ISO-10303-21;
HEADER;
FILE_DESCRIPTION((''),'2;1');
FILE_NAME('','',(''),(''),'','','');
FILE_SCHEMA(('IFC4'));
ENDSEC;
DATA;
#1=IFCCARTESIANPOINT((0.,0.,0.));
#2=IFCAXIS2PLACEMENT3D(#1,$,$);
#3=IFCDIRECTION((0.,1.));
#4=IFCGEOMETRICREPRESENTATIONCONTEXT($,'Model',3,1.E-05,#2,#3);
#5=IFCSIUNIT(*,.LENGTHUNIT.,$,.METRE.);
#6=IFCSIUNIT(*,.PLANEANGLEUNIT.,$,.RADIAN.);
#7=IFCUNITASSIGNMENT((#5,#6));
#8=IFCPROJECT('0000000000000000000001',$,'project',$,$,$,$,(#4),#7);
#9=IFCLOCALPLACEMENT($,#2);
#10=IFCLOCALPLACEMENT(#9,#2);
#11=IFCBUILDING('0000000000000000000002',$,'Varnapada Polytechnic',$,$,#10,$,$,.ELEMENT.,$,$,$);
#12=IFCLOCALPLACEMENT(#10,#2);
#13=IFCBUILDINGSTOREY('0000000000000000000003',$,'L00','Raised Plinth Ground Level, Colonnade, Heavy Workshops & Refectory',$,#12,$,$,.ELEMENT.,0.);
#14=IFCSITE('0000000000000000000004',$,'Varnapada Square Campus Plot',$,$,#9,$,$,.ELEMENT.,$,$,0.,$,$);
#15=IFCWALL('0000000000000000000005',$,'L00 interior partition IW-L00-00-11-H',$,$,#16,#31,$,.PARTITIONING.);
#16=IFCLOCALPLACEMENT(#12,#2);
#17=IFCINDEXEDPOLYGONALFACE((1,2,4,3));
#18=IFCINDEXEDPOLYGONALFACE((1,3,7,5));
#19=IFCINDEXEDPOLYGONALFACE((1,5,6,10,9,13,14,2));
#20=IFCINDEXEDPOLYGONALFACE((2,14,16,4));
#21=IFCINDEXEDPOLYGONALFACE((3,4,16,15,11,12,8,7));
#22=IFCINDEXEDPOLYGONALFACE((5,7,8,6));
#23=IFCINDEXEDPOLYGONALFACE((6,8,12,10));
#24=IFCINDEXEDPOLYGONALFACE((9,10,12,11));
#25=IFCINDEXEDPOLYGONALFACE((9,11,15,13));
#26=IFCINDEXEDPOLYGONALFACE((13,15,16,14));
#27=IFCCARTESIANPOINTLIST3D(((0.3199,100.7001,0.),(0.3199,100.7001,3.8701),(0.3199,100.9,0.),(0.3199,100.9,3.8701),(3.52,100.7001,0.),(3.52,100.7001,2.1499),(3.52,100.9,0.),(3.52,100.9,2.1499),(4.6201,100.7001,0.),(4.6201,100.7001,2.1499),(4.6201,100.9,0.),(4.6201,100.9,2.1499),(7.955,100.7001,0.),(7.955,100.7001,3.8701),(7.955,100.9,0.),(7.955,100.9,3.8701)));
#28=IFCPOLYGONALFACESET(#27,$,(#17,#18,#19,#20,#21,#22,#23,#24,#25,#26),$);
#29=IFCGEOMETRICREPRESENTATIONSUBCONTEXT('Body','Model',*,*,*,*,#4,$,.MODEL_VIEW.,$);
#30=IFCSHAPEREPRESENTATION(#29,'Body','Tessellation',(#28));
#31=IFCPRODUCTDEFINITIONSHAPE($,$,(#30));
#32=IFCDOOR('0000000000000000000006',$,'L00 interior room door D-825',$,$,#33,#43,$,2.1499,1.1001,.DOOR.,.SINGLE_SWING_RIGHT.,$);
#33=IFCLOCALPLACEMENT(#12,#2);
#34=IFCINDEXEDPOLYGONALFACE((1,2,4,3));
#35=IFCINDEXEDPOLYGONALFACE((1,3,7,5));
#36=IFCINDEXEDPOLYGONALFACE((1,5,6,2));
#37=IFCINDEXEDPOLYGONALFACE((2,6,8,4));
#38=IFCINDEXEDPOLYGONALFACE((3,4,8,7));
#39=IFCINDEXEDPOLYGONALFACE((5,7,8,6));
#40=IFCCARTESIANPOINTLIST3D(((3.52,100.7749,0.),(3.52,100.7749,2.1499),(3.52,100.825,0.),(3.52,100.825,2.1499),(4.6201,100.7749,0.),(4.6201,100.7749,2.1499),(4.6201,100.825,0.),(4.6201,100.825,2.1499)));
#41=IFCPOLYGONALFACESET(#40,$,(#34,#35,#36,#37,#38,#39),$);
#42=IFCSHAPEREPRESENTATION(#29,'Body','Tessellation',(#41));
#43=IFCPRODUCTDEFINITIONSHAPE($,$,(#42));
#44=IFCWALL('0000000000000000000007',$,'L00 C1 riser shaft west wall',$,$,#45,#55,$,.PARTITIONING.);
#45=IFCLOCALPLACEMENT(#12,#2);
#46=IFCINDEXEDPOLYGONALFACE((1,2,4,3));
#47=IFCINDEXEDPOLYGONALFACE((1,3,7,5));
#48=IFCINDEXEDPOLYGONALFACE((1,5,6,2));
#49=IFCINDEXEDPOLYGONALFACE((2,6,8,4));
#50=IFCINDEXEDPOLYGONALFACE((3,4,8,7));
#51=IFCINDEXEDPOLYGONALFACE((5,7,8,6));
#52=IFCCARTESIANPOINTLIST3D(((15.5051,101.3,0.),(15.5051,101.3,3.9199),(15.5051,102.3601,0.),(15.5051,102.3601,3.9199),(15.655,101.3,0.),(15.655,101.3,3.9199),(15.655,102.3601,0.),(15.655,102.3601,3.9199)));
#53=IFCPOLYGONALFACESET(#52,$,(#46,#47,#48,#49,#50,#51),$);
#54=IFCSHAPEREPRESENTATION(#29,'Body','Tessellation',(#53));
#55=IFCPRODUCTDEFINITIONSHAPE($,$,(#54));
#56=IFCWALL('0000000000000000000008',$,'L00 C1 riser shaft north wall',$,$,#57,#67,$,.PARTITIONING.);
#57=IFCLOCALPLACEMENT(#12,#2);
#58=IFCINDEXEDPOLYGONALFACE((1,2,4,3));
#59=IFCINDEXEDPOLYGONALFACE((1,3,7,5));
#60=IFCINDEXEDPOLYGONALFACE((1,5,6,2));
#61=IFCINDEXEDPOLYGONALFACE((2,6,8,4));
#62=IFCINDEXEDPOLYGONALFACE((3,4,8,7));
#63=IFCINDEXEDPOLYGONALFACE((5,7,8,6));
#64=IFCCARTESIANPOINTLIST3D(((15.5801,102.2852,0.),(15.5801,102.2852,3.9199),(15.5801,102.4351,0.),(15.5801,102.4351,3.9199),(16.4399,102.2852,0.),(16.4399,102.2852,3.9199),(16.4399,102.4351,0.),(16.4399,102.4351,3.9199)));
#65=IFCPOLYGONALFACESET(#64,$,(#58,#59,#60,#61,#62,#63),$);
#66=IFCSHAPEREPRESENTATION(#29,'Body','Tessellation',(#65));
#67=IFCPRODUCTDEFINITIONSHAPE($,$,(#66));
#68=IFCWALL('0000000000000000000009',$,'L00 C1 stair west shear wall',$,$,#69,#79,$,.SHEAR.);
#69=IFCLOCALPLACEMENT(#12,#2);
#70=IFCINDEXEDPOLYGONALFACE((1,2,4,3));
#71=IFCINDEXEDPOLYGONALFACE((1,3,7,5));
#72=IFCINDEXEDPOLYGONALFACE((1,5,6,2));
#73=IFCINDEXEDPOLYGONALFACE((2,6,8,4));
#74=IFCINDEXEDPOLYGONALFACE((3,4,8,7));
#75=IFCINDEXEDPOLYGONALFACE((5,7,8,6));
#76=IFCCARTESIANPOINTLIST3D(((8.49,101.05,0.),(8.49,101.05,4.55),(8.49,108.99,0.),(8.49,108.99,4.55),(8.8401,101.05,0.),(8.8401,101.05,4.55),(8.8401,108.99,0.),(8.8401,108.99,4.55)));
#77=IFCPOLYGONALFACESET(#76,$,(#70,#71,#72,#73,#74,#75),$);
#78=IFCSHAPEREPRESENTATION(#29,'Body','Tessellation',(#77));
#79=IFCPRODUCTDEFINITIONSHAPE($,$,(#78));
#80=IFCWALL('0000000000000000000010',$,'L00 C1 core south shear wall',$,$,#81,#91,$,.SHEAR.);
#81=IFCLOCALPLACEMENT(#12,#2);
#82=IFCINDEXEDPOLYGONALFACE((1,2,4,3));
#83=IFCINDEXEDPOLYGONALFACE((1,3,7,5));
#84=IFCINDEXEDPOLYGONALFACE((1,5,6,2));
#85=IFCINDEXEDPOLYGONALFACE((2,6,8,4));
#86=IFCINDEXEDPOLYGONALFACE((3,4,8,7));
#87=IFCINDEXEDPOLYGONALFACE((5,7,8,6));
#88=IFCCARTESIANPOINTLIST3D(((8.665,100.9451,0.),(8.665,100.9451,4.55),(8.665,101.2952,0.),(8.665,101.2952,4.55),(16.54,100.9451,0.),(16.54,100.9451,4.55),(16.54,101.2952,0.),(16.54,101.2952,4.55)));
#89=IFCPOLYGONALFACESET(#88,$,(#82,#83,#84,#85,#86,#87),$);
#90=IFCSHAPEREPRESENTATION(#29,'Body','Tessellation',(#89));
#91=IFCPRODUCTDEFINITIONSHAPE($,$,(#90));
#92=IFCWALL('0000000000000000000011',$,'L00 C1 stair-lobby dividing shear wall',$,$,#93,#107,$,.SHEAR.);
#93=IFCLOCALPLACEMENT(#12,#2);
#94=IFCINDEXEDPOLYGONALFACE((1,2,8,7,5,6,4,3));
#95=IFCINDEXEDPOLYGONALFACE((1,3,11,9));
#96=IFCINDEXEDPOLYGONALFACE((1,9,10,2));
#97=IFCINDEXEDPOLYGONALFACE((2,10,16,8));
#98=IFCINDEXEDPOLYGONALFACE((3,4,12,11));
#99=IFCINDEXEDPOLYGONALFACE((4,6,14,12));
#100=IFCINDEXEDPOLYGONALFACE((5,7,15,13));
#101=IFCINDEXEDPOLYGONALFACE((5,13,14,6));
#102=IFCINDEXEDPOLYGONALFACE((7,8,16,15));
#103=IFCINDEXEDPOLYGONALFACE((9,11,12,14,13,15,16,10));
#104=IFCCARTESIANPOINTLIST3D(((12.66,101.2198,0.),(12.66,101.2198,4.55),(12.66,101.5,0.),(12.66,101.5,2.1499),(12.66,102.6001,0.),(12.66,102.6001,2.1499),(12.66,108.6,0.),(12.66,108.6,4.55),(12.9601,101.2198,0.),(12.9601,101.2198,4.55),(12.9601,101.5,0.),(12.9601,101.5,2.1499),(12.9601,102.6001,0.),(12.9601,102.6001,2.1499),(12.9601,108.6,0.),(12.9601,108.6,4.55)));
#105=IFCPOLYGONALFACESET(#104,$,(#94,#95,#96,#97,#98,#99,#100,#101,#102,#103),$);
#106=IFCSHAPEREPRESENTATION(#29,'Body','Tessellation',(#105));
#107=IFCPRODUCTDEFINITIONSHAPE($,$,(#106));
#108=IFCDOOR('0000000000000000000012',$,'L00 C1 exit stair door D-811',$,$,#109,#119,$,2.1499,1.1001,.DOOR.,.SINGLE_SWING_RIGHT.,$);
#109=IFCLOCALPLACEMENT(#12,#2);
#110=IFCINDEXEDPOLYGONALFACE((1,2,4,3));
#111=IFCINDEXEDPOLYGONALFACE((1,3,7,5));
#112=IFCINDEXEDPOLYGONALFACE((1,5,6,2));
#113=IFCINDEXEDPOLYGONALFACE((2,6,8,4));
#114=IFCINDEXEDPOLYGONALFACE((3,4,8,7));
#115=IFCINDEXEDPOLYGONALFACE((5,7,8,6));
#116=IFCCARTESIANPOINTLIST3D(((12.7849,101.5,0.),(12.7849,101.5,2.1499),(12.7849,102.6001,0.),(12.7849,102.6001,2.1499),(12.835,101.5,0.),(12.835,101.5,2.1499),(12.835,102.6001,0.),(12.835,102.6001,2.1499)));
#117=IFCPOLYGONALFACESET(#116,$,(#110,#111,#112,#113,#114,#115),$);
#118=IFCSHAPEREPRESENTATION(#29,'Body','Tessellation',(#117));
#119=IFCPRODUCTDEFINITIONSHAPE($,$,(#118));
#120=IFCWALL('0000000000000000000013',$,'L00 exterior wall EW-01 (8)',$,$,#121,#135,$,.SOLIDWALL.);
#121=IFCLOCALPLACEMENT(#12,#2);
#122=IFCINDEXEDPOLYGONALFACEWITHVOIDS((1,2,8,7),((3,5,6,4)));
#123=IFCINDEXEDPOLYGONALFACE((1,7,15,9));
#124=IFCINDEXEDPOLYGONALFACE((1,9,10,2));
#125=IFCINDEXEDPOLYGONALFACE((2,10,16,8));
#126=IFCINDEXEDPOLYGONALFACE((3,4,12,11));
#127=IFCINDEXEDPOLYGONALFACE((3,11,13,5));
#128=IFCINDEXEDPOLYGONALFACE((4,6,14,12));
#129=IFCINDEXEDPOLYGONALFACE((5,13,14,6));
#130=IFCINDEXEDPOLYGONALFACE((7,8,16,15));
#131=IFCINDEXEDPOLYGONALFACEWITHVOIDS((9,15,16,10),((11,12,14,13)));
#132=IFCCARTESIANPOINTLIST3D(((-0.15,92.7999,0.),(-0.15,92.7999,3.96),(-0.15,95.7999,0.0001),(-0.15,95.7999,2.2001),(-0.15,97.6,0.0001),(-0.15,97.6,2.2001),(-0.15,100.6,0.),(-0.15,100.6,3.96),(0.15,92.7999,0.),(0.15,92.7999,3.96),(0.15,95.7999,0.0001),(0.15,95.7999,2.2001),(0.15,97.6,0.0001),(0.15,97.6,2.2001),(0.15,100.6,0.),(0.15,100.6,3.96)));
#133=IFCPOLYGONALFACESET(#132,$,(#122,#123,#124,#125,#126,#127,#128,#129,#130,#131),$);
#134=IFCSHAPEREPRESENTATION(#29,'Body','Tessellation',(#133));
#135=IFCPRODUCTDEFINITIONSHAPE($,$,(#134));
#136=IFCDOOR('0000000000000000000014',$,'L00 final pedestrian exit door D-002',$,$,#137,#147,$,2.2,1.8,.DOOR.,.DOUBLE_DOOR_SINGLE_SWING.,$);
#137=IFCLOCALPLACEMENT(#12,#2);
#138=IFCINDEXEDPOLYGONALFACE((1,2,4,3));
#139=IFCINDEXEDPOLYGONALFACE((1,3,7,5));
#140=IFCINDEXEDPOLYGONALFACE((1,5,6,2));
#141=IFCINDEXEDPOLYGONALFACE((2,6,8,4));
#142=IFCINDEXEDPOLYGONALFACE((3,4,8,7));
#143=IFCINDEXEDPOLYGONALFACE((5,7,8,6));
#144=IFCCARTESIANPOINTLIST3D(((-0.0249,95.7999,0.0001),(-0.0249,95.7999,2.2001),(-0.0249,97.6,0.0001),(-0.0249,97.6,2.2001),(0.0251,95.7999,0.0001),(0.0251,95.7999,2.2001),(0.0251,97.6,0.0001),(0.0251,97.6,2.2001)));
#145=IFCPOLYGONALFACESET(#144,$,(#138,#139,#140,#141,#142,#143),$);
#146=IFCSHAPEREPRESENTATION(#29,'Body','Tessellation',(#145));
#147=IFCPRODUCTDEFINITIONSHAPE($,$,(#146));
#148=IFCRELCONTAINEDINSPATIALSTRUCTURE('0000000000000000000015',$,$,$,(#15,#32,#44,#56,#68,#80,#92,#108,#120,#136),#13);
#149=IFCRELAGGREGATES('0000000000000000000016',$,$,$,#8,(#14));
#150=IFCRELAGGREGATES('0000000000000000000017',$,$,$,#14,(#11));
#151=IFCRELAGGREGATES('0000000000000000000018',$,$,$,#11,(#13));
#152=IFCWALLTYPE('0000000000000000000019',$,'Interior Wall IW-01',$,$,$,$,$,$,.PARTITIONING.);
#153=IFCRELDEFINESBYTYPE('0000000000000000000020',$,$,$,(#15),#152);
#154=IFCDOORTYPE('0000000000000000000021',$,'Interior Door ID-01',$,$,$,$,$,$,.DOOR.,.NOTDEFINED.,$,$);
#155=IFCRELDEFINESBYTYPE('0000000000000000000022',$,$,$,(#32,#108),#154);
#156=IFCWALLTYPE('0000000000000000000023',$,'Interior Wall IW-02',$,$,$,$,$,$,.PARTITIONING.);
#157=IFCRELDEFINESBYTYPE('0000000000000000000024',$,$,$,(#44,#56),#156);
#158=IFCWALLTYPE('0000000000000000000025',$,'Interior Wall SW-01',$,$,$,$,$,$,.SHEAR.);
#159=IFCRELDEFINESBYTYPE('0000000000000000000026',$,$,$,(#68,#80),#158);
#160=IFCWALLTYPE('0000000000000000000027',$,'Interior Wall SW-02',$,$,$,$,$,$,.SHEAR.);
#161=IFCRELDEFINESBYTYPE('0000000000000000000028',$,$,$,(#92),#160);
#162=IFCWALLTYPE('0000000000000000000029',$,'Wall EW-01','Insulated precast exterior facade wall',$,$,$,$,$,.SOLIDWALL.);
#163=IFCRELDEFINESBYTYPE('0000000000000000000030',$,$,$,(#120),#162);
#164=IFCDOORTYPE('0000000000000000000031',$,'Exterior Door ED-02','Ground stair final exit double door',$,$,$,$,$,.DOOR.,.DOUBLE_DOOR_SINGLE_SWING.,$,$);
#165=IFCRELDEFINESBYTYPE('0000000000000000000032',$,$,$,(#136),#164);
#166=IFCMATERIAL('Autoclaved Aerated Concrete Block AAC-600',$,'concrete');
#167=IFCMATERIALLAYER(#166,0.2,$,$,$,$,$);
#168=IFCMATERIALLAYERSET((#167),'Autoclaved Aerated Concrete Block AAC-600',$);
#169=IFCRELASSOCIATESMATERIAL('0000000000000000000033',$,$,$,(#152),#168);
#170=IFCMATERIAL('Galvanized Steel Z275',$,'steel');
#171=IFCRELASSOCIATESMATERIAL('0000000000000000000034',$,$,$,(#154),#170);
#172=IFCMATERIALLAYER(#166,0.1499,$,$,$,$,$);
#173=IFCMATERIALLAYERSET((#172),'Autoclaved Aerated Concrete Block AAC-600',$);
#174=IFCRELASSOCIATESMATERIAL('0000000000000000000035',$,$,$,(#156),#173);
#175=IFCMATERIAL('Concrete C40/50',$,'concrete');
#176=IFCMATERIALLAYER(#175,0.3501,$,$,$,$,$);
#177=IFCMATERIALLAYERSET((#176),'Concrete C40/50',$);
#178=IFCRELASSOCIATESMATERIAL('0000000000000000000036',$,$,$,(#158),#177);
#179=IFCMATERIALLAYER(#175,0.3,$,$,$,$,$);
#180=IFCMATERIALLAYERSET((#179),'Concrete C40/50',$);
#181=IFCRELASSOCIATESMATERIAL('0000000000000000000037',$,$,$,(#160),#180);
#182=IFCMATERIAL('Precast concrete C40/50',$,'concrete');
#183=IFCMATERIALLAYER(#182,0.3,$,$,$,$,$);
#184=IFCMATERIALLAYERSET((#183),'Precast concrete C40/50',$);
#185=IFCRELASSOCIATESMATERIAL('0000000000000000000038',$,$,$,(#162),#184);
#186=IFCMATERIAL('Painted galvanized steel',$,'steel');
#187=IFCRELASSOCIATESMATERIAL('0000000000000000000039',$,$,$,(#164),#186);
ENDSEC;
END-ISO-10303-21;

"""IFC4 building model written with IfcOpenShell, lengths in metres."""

from ifc_helpers import new_model, si_unit, direction, frame, frame_2d, origin, place, context, subcontext, project, spatial, rectangle, extrude, material, layer, layer_set, type_object, element, fill, save


model = new_model("IFC4")

# Units and contexts
model_context = context("Model", 3, precision=1e-05, world=origin(), true_north=direction((0.0, 1.0)))
body_context = subcontext(model_context, "Body", "Model", "MODEL_VIEW")
ifc_project = project(units=[si_unit("LENGTHUNIT", "METRE"), si_unit("PLANEANGLEUNIT", "RADIAN")], contexts=[model_context])

# Site, building, storey
site_placement = place(None, origin())
site = spatial("IfcSite", under=ifc_project, at=site_placement, Name="Varnapada Square Campus Plot", CompositionType="ELEMENT", RefElevation=0.0)
building_placement = place(site_placement, origin())
building = spatial("IfcBuilding", under=site, at=building_placement, Name="Varnapada Polytechnic", CompositionType="ELEMENT")
storey_placement = place(building_placement, origin())
storey = spatial("IfcBuildingStorey", under=building, at=storey_placement, Name="L00", Description="Raised Plinth Ground Level, Colonnade, Heavy Workshops & Refectory", CompositionType="ELEMENT", Elevation=0.0)

# Shared definitions
ifc_material_1 = material(Name="Concrete C40/50", Category="concrete")

# Wall, opening, door
ifc_material_2 = material(Name="Autoclaved Aerated Concrete Block AAC-600", Category="concrete")
ifc_layer_1 = layer(ifc_material_2, 0.2)
ifc_layer_set_1 = layer_set([ifc_layer_1], Name="Autoclaved Aerated Concrete Block AAC-600")
wall_type_1 = type_object("IfcWallType", Name="Interior Wall IW-01", PredefinedType="PARTITIONING", material=ifc_layer_set_1)
wall_1_placement = place(storey_placement, frame((0.3201, 100.8, 0.0), z_axis=(0.0, 0.0, 1.0), x_axis=(1.0, 0.0, 0.0)))
wall_1 = element("IfcWall", 1, at=wall_1_placement, inside=storey, type_object=wall_type_1, Name="L00 interior partition IW-L00-00-11-H", PredefinedType="PARTITIONING", context=body_context, shape_type="SweptSolid", body=[
    extrude(rectangle(XDim=7.635, YDim=0.2, at=frame_2d((3.8174, 0.0))), origin(), (0.0, 0.0, 1.0), 3.8701),
])
opening_1_placement = place(wall_1_placement, frame((3.2, 0.0, 0.0)))
opening_1 = element("IfcOpeningElement", 2, at=opening_1_placement, cuts=wall_1, PredefinedType="OPENING", context=body_context, shape_type="SweptSolid", body=[
    extrude(rectangle(XDim=1.1001, YDim=2.1499, at=frame_2d((0.55, 1.075))), frame((0.0, 0.1099, 0.0), z_axis=(0.0, -1.0, 0.0), x_axis=(1.0, 0.0, 0.0)), (0.0, 0.0, 1.0), 0.22),
])
ifc_material_3 = material(Name="Galvanized Steel Z275", Category="steel")
door_type_1 = type_object("IfcDoorType", Name="Interior Door ID-01", OperationType="NOTDEFINED", PredefinedType="DOOR", material=ifc_material_3)
door_1_placement = place(opening_1_placement, origin())
door_1 = element("IfcDoor", 3, at=door_1_placement, inside=storey, type_object=door_type_1, Name="L00 interior room door D-825", OperationType="SINGLE_SWING_RIGHT", OverallHeight=2.1499, OverallWidth=1.1001, PredefinedType="DOOR", context=body_context, shape_type="SweptSolid", body=[
    extrude(rectangle(XDim=1.1001, YDim=2.1499, at=frame_2d((0.55, 1.075))), frame((0.0, 0.0249, 0.0), z_axis=(0.0, -1.0, 0.0), x_axis=(1.0, 0.0, 0.0)), (0.0, 0.0, 1.0), 0.05),
])
fill(opening_1, door_1)

# Walls
ifc_layer_2 = layer(ifc_material_2, 0.1499)
ifc_layer_set_2 = layer_set([ifc_layer_2], Name="Autoclaved Aerated Concrete Block AAC-600")
wall_type_2 = type_object("IfcWallType", Name="Interior Wall IW-02", PredefinedType="PARTITIONING", material=ifc_layer_set_2)
wall_2_placement = place(storey_placement, frame((15.5801, 102.3601, 0.0), z_axis=(0.0, 0.0, 1.0), x_axis=(0.0, -1.0, 0.0)))
element("IfcWall", 4, at=wall_2_placement, inside=storey, type_object=wall_type_2, Name="L00 C1 riser shaft west wall", PredefinedType="PARTITIONING", context=body_context, shape_type="SweptSolid", body=[
    extrude(rectangle(XDim=1.0601, YDim=0.1499, at=frame_2d((0.53, 0.0))), origin(), (0.0, 0.0, 1.0), 3.9199),
])
wall_3_placement = place(storey_placement, frame((15.5801, 102.3601, 0.0), z_axis=(0.0, 0.0, 1.0), x_axis=(1.0, 0.0, 0.0)))
element("IfcWall", 5, at=wall_3_placement, inside=storey, type_object=wall_type_2, Name="L00 C1 riser shaft north wall", PredefinedType="PARTITIONING", context=body_context, shape_type="SweptSolid", body=[
    extrude(rectangle(XDim=0.8599, YDim=0.1499, at=frame_2d((0.4299, 0.0))), origin(), (0.0, 0.0, 1.0), 3.9199),
])
ifc_layer_3 = layer(ifc_material_1, 0.3501)
ifc_layer_set_3 = layer_set([ifc_layer_3], Name="Concrete C40/50")
wall_type_3 = type_object("IfcWallType", Name="Interior Wall SW-01", PredefinedType="SHEAR", material=ifc_layer_set_3)
wall_4_placement = place(storey_placement, frame((8.665, 101.05, 0.0), z_axis=(0.0, 0.0, 1.0), x_axis=(0.0, 1.0, 0.0)))
element("IfcWall", 6, at=wall_4_placement, inside=storey, type_object=wall_type_3, Name="L00 C1 stair west shear wall", PredefinedType="SHEAR", context=body_context, shape_type="SweptSolid", body=[
    extrude(rectangle(XDim=7.9399, YDim=0.3501, at=frame_2d((3.97, 0.0))), origin(), (0.0, 0.0, 1.0), 4.55),
])
wall_5_placement = place(storey_placement, frame((16.54, 101.1201, 0.0), z_axis=(0.0, 0.0, 1.0), x_axis=(-1.0, 0.0, 0.0)))
element("IfcWall", 7, at=wall_5_placement, inside=storey, type_object=wall_type_3, Name="L00 C1 core south shear wall", PredefinedType="SHEAR", context=body_context, shape_type="SweptSolid", body=[
    extrude(rectangle(XDim=7.875, YDim=0.3501, at=frame_2d((3.9375, 0.0))), origin(), (0.0, 0.0, 1.0), 4.55),
])

# Walls, openings, doors
ifc_layer_4 = layer(ifc_material_1, 0.3)
ifc_layer_set_4 = layer_set([ifc_layer_4], Name="Concrete C40/50")
wall_type_4 = type_object("IfcWallType", Name="Interior Wall SW-02", PredefinedType="SHEAR", material=ifc_layer_set_4)
wall_6_placement = place(storey_placement, frame((12.8101, 101.22, 0.0), z_axis=(0.0, 0.0, 1.0), x_axis=(0.0, 1.0, 0.0)))
wall_6 = element("IfcWall", 8, at=wall_6_placement, inside=storey, type_object=wall_type_4, Name="L00 C1 stair-lobby dividing shear wall", PredefinedType="SHEAR", context=body_context, shape_type="SweptSolid", body=[
    extrude(rectangle(XDim=7.3801, YDim=0.3, at=frame_2d((3.6899, 0.0))), origin(), (0.0, 0.0, 1.0), 4.55),
])
opening_2_placement = place(wall_6_placement, frame((0.28, 0.0, 0.0)))
opening_2 = element("IfcOpeningElement", 9, at=opening_2_placement, cuts=wall_6, PredefinedType="OPENING", context=body_context, shape_type="SweptSolid", body=[
    extrude(rectangle(XDim=1.1001, YDim=2.1499, at=frame_2d((0.55, 1.075))), frame((0.0, 0.1599, 0.0), z_axis=(0.0, -1.0, 0.0), x_axis=(1.0, 0.0, 0.0)), (0.0, 0.0, 1.0), 0.3201),
])
door_2_placement = place(opening_2_placement, frame((1.1001, 0.0, 0.0), z_axis=(0.0, 0.0, 1.0), x_axis=(-1.0, 0.0, 0.0)))
door_2 = element("IfcDoor", 10, at=door_2_placement, inside=storey, type_object=door_type_1, Name="L00 C1 exit stair door D-811", OperationType="SINGLE_SWING_RIGHT", OverallHeight=2.1499, OverallWidth=1.1001, PredefinedType="DOOR", context=body_context, shape_type="SweptSolid", body=[
    extrude(rectangle(XDim=1.1001, YDim=2.1499, at=frame_2d((0.55, 1.075))), frame((0.0, 0.0249, 0.0), z_axis=(0.0, -1.0, 0.0), x_axis=(1.0, 0.0, 0.0)), (0.0, 0.0, 1.0), 0.05),
])
fill(opening_2, door_2)
ifc_material_4 = material(Name="Precast concrete C40/50", Category="concrete")
ifc_layer_5 = layer(ifc_material_4, 0.3)
ifc_layer_set_5 = layer_set([ifc_layer_5], Name="Precast concrete C40/50")
wall_type_5 = type_object("IfcWallType", Name="Wall EW-01", Description="Insulated precast exterior facade wall", PredefinedType="SOLIDWALL", material=ifc_layer_set_5)
wall_7_placement = place(storey_placement, frame((0.0, 92.8, 0.0), z_axis=(0.0, 0.0, 1.0), x_axis=(0.0, 1.0, 0.0)))
wall_7 = element("IfcWall", 11, at=wall_7_placement, inside=storey, type_object=wall_type_5, Name="L00 exterior wall EW-01 (8)", PredefinedType="SOLIDWALL", context=body_context, shape_type="SweptSolid", body=[
    extrude(rectangle(XDim=7.8, YDim=0.3, at=frame_2d((3.8999, 0.0))), origin(), (0.0, 0.0, 1.0), 3.96),
])
opening_3_placement = place(wall_7_placement, frame((3.0, 0.0, 0.0)))
opening_3 = element("IfcOpeningElement", 12, at=opening_3_placement, cuts=wall_7, PredefinedType="OPENING", context=body_context, shape_type="SweptSolid", body=[
    extrude(rectangle(XDim=1.8, YDim=2.2, at=frame_2d((0.8999, 1.1001))), frame((0.0, 0.1599, 0.0), z_axis=(0.0, -1.0, 0.0), x_axis=(1.0, 0.0, 0.0)), (0.0, 0.0, 1.0), 0.3201),
])
ifc_material_5 = material(Name="Painted galvanized steel", Category="steel")
door_type_2 = type_object("IfcDoorType", Name="Exterior Door ED-02", Description="Ground stair final exit double door", OperationType="DOUBLE_DOOR_SINGLE_SWING", PredefinedType="DOOR", material=ifc_material_5)
door_3_placement = place(opening_3_placement, origin())
door_3 = element("IfcDoor", 13, at=door_3_placement, inside=storey, type_object=door_type_2, Name="L00 final pedestrian exit door D-002", OperationType="DOUBLE_DOOR_SINGLE_SWING", OverallHeight=2.2, OverallWidth=1.8, PredefinedType="DOOR", context=body_context, shape_type="SweptSolid", body=[
    extrude(rectangle(XDim=1.8, YDim=2.2, at=frame_2d((0.8999, 1.1001))), frame((0.0, 0.0249, 0.0), z_axis=(0.0, -1.0, 0.0), x_axis=(1.0, 0.0, 0.0)), (0.0, 0.0, 1.0), 0.05),
])
fill(opening_3, door_3)

save(model, "model.ifc")
